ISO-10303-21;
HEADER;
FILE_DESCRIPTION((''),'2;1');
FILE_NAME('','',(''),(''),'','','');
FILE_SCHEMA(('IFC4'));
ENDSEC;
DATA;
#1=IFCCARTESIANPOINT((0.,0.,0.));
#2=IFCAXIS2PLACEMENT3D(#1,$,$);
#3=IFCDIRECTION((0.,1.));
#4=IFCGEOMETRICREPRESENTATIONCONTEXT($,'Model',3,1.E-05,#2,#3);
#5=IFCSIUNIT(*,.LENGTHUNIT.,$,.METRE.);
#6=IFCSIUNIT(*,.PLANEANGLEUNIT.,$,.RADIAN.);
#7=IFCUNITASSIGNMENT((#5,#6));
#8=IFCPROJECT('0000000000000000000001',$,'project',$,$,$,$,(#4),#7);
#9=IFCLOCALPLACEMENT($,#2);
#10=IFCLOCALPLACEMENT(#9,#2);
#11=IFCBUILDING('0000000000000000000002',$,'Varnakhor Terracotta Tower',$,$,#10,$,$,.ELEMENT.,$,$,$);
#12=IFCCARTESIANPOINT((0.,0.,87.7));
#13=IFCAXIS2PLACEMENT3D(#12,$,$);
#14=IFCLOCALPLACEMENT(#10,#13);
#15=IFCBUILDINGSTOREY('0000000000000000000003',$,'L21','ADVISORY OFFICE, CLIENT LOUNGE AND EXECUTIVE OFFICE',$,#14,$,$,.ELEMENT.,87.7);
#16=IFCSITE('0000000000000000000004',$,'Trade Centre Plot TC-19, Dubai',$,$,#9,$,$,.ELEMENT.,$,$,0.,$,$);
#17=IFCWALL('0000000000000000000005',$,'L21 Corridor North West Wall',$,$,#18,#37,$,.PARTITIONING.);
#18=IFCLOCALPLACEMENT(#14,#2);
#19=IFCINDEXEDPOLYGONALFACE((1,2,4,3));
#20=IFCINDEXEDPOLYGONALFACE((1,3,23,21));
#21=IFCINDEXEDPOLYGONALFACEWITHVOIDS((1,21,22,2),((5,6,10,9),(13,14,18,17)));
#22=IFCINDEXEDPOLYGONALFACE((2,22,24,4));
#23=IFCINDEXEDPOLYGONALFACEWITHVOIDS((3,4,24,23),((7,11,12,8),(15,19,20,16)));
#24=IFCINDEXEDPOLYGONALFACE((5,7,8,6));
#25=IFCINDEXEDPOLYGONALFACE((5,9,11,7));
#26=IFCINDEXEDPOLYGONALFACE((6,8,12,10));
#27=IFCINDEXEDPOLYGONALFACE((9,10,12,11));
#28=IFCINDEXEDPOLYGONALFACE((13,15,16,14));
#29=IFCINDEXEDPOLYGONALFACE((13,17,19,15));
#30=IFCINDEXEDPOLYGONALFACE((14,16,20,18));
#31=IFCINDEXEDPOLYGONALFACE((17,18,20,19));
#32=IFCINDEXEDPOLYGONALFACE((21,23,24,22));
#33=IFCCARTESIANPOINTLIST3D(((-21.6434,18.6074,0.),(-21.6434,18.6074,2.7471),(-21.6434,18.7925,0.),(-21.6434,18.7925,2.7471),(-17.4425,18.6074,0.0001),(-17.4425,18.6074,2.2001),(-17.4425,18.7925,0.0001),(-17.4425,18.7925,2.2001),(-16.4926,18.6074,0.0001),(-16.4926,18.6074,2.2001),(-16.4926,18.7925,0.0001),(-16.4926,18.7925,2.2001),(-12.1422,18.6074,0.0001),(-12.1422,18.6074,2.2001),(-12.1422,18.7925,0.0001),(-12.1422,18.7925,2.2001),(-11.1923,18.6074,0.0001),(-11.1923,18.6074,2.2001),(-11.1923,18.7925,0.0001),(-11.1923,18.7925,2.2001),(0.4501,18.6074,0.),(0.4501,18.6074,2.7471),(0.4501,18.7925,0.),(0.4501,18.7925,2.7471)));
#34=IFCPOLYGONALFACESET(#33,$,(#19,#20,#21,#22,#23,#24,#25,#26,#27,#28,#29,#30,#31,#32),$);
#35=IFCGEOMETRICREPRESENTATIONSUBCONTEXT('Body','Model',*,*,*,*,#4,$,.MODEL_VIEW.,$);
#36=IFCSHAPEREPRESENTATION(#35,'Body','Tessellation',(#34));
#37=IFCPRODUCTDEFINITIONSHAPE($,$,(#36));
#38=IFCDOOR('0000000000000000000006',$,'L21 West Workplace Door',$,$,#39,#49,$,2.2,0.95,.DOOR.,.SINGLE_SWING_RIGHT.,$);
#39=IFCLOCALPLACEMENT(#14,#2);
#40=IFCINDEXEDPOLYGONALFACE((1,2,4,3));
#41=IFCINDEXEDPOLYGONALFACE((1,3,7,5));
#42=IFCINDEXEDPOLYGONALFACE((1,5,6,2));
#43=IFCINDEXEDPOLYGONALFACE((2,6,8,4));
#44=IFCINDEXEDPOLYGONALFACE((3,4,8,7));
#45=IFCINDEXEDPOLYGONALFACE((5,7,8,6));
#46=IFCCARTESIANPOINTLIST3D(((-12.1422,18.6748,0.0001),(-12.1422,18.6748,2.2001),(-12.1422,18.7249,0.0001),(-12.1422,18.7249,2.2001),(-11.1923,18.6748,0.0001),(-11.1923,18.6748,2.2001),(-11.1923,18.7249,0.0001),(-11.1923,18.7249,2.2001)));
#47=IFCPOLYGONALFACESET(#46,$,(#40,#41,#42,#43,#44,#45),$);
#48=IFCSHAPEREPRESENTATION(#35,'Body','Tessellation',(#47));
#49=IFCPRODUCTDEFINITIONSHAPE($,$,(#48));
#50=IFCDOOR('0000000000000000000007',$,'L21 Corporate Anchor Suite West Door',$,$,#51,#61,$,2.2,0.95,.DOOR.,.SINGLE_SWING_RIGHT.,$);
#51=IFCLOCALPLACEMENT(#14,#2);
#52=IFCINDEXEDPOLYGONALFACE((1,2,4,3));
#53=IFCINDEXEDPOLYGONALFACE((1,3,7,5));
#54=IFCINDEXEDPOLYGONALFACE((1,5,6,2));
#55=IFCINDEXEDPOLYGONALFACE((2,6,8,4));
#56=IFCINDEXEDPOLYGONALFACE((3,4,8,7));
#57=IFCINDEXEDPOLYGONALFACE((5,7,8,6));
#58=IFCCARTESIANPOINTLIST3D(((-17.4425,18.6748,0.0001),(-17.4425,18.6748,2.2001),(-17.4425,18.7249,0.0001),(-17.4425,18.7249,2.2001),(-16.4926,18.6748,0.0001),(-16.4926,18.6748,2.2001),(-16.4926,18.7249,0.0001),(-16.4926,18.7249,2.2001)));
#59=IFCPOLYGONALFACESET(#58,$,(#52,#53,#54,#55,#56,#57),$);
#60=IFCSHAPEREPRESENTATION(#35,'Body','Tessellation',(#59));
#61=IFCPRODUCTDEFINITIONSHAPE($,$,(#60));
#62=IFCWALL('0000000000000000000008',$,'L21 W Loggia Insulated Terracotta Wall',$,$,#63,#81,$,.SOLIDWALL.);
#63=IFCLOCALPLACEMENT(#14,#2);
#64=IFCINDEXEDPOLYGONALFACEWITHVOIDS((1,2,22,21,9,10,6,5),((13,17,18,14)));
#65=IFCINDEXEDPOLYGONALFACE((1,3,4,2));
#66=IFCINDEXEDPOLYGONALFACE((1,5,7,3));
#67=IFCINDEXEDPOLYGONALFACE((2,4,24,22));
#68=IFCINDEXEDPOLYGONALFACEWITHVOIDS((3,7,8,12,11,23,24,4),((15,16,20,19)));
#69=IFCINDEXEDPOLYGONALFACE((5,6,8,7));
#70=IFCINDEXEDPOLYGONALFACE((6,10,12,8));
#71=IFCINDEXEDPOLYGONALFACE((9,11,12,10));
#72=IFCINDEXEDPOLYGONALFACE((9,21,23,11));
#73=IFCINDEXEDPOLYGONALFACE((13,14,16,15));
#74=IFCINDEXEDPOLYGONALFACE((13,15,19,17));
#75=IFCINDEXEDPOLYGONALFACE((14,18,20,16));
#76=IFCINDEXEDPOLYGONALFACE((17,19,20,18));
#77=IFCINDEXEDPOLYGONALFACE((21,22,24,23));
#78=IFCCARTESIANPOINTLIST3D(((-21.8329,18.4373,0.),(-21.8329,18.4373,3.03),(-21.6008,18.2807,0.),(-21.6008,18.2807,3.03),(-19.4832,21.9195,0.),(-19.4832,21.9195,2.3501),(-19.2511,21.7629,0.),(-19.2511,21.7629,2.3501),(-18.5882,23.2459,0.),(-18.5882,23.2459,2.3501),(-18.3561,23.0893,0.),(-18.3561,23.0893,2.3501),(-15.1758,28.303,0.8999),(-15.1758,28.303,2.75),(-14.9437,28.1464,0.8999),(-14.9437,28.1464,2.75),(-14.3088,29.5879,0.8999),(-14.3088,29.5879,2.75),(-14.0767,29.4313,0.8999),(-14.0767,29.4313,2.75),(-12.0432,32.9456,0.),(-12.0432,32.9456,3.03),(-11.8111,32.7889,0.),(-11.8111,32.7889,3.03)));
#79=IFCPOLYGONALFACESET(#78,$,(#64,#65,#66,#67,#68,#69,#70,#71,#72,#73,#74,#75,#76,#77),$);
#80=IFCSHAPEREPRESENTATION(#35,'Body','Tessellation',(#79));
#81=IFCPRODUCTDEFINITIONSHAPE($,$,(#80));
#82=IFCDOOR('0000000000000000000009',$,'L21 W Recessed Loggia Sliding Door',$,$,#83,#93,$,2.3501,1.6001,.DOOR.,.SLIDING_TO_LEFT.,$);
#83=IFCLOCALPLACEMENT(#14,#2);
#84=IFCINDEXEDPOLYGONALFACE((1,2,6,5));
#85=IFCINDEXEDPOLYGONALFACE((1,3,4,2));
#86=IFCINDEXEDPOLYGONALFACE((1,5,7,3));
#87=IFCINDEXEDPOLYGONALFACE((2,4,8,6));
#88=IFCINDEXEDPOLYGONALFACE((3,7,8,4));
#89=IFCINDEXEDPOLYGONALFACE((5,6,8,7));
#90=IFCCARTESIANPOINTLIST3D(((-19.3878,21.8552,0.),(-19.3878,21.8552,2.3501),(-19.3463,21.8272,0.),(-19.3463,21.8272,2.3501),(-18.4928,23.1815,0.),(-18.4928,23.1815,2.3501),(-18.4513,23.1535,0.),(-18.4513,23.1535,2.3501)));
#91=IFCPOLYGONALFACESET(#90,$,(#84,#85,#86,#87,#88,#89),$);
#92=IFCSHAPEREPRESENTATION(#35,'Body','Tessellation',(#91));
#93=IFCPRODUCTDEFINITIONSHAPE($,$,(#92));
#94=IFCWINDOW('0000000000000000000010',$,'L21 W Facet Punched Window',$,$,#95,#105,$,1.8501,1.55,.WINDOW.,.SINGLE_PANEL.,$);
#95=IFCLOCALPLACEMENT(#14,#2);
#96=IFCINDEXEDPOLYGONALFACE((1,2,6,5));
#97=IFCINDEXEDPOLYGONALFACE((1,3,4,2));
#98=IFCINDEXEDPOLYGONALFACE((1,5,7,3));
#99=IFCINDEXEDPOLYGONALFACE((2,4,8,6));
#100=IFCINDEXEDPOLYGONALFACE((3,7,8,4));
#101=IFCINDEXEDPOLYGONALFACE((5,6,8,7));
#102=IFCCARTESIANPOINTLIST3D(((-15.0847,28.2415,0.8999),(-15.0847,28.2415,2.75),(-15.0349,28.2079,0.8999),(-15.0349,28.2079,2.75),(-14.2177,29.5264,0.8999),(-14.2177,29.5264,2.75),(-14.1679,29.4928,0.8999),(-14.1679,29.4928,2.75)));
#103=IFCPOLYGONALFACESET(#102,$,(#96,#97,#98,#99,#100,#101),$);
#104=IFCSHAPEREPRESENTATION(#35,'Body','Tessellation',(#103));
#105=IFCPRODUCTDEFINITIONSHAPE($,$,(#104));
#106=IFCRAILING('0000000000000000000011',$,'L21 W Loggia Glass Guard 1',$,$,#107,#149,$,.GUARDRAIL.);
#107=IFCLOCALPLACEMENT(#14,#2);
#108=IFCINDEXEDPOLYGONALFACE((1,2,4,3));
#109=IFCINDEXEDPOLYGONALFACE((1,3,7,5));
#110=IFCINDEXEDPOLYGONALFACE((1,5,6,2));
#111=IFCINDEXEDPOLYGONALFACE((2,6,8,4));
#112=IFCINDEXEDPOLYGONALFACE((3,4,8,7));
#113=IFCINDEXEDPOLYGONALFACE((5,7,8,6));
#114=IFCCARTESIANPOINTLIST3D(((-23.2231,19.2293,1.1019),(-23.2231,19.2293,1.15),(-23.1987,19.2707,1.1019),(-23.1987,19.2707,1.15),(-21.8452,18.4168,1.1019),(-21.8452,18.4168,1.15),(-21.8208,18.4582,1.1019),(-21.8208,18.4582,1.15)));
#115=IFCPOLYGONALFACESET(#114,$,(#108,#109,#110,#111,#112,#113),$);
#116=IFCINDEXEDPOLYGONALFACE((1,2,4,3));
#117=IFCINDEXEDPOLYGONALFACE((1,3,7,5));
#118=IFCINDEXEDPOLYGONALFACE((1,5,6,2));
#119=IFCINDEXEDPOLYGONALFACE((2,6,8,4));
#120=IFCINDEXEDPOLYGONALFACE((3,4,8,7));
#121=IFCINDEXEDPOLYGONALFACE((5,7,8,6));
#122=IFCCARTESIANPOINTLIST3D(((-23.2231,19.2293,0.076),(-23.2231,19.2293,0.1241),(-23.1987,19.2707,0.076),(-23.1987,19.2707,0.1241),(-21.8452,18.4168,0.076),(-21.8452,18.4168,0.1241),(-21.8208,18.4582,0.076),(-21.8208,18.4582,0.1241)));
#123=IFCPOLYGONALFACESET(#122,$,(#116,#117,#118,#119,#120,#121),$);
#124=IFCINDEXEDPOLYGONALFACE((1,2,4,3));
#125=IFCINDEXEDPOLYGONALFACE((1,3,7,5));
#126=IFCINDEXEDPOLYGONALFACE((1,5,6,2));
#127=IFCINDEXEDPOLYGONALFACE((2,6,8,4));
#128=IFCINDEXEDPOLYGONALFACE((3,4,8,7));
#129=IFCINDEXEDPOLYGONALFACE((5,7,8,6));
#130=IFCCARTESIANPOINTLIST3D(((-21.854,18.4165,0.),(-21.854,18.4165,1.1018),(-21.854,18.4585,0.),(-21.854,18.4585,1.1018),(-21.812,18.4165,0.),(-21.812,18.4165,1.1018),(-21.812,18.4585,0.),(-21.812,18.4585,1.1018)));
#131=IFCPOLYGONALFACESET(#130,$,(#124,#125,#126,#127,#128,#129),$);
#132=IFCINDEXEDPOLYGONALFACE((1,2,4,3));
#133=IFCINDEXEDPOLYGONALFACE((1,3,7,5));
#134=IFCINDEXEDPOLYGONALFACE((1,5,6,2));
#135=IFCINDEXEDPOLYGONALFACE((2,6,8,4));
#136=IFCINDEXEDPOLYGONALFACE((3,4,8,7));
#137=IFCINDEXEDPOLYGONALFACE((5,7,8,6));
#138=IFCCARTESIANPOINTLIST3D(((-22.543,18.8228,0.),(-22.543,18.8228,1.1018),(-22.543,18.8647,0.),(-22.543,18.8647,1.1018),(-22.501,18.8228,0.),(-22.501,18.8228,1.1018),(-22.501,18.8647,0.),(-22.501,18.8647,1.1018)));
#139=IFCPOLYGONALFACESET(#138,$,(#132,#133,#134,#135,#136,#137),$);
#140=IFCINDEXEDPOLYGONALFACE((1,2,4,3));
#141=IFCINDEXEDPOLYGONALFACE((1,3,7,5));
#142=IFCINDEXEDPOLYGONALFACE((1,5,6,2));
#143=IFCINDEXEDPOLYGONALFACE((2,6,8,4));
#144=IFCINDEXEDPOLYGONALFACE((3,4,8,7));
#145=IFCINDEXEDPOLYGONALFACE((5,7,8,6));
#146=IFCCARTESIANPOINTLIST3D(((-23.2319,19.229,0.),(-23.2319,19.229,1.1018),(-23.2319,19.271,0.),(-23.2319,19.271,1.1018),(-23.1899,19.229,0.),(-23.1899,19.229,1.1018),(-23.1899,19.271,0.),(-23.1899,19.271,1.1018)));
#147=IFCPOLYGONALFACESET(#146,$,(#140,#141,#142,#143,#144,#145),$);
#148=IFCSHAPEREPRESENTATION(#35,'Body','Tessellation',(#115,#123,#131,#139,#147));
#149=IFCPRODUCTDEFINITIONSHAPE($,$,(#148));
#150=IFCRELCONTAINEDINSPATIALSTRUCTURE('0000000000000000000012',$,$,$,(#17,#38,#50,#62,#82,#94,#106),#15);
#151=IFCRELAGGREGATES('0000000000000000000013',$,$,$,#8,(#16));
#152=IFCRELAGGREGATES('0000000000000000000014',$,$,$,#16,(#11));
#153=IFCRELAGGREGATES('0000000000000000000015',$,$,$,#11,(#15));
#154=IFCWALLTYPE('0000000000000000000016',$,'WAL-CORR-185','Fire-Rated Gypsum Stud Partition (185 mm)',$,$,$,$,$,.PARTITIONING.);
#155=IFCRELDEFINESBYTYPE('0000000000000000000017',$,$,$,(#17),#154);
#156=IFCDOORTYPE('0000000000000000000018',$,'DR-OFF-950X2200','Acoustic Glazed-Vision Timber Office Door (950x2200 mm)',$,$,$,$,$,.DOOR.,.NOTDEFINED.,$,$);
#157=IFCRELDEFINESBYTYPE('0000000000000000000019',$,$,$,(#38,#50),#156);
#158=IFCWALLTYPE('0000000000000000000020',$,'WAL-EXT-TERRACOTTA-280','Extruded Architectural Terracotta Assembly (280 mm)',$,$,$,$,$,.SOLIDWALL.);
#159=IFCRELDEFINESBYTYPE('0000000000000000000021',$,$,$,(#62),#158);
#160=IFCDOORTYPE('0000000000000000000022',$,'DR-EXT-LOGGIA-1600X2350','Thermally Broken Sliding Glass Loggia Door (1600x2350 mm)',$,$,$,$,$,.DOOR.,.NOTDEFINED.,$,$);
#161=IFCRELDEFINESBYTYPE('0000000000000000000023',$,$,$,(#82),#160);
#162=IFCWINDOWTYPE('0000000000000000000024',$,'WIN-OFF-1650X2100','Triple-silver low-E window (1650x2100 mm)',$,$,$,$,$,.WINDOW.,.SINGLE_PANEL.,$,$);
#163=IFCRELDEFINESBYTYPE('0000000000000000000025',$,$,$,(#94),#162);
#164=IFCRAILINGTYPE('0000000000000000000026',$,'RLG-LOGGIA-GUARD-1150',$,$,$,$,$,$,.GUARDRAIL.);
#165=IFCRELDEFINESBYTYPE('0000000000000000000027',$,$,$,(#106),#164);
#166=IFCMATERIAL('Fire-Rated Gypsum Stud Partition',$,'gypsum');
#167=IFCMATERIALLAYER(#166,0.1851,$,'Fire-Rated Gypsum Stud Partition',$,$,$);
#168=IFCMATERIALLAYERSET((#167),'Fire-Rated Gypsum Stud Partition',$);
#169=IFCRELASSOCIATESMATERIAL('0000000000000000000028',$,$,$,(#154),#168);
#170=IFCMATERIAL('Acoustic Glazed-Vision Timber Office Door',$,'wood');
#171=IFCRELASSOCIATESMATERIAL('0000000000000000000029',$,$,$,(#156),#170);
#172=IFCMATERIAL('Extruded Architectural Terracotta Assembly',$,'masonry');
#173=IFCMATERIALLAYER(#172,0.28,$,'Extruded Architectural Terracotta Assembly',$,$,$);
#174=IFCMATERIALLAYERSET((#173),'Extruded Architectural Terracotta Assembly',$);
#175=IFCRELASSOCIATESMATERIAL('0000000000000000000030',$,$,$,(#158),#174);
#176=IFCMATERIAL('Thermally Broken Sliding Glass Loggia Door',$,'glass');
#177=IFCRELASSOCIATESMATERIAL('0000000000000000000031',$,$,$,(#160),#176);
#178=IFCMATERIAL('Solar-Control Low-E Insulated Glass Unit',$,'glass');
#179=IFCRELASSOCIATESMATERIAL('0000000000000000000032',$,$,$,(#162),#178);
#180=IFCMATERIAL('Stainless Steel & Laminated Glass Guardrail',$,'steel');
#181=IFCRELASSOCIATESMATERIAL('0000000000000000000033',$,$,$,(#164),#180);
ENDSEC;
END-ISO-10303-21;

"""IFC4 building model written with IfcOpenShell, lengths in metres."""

from ifc_helpers import new_model, si_unit, direction, frame, frame_2d, origin, origin_2d, place, context, subcontext, project, spatial, rectangle, extrude, source, transform, mapped, material, layer, layer_set, type_object, type_shapes, element, fill, save


model = new_model("IFC4")

# Units and contexts
model_context = context("Model", 3, precision=1e-05, world=origin(), true_north=direction((0.0, 1.0)))
body_context = subcontext(model_context, "Body", "Model", "MODEL_VIEW")
ifc_project = project(units=[si_unit("LENGTHUNIT", "METRE"), si_unit("PLANEANGLEUNIT", "RADIAN")], contexts=[model_context])

# Site, building, storey
site_placement = place(None, origin())
site = spatial("IfcSite", under=ifc_project, at=site_placement, Name="Trade Centre Plot TC-19, Dubai", CompositionType="ELEMENT", RefElevation=0.0)
building_placement = place(site_placement, origin())
building = spatial("IfcBuilding", under=site, at=building_placement, Name="Varnakhor Terracotta Tower", CompositionType="ELEMENT")
storey_placement = place(building_placement, frame((0.0, 0.0, 87.7)))
storey = spatial("IfcBuildingStorey", under=building, at=storey_placement, Name="L21", Description="ADVISORY OFFICE, CLIENT LOUNGE AND EXECUTIVE OFFICE", CompositionType="ELEMENT", Elevation=87.7)

# Shared definitions
ifc_material_1 = material(Name="Fire-Rated Gypsum Stud Partition", Category="gypsum")
ifc_layer_1 = layer(ifc_material_1, 0.1851, Name="Fire-Rated Gypsum Stud Partition")
ifc_layer_set_1 = layer_set([ifc_layer_1], Name="Fire-Rated Gypsum Stud Partition")
wall_type_1 = type_object("IfcWallType", Name="WAL-CORR-185", Description="Fire-Rated Gypsum Stud Partition (185 mm)", PredefinedType="PARTITIONING", material=ifc_layer_set_1)
ifc_material_2 = material(Name="Acoustic Glazed-Vision Timber Office Door", Category="wood")
door_type_1 = type_object("IfcDoorType", Name="DR-OFF-950X2200", Description="Acoustic Glazed-Vision Timber Office Door (950x2200 mm)", OperationType="NOTDEFINED", PredefinedType="DOOR", material=ifc_material_2)
shared_shape_1 = source(origin(), body_context, "Body", "SweptSolid", [
    extrude(rectangle(XDim=0.95, YDim=2.2, at=frame_2d((0.4751, 1.1001))), frame((0.0, 0.0249, 0.0), z_axis=(0.0, -1.0, 0.0), x_axis=(1.0, 0.0, 0.0)), (0.0, 0.0, 1.0), 0.05),
])
type_shapes(door_type_1, [shared_shape_1])

# Wall, openings, doors
wall_1_placement = place(storey_placement, frame((-21.6436, 18.7, 0.0), z_axis=(0.0, 0.0, 1.0), x_axis=(1.0, 0.0, 0.0)))
wall_1 = element("IfcWall", 1, at=wall_1_placement, inside=storey, type_object=wall_type_1, Name="L21 Corridor North West Wall", PredefinedType="PARTITIONING", context=body_context, shape_type="SweptSolid", body=[
    extrude(rectangle(XDim=22.0935, YDim=0.1851, at=frame_2d((11.0469, 0.0))), origin(), (0.0, 0.0, 1.0), 2.7471),
])
opening_1_placement = place(wall_1_placement, frame((9.5012, 0.0, 0.0)))
opening_1 = element("IfcOpeningElement", 2, at=opening_1_placement, cuts=wall_1, PredefinedType="OPENING", context=body_context, shape_type="SweptSolid", body=[
    extrude(rectangle(XDim=0.95, YDim=2.2, at=frame_2d((0.4751, 1.1001))), frame((0.0, 0.1025, 0.0), z_axis=(0.0, -1.0, 0.0), x_axis=(1.0, 0.0, 0.0)), (0.0, 0.0, 1.0), 0.2051),
])
opening_2_placement = place(wall_1_placement, frame((4.2009, 0.0, 0.0)))
opening_2 = element("IfcOpeningElement", 3, at=opening_2_placement, cuts=wall_1, PredefinedType="OPENING", context=body_context, shape_type="SweptSolid", body=[
    extrude(rectangle(XDim=0.95, YDim=2.2, at=frame_2d((0.4751, 1.1001))), frame((0.0, 0.1025, 0.0), z_axis=(0.0, -1.0, 0.0), x_axis=(1.0, 0.0, 0.0)), (0.0, 0.0, 1.0), 0.2051),
])
door_1_placement = place(opening_1_placement, origin())
door_1 = element("IfcDoor", 4, at=door_1_placement, inside=storey, type_object=door_type_1, Name="L21 West Workplace Door", OperationType="SINGLE_SWING_RIGHT", OverallHeight=2.2, OverallWidth=0.95, PredefinedType="DOOR", context=body_context, shape_type="MappedRepresentation", body=[
    mapped(shared_shape_1, transform((0.0, 0.0, 0.0), scale=1.0)),
])
fill(opening_1, door_1)
door_2_placement = place(opening_2_placement, origin())
door_2 = element("IfcDoor", 5, at=door_2_placement, inside=storey, type_object=door_type_1, Name="L21 Corporate Anchor Suite West Door", OperationType="SINGLE_SWING_RIGHT", OverallHeight=2.2, OverallWidth=0.95, PredefinedType="DOOR", context=body_context, shape_type="MappedRepresentation", body=[
    mapped(shared_shape_1, transform((0.0, 0.0, 0.0), scale=1.0)),
])
fill(opening_2, door_2)

# Wall, openings, door, window
ifc_material_3 = material(Name="Extruded Architectural Terracotta Assembly", Category="masonry")
ifc_layer_2 = layer(ifc_material_3, 0.28, Name="Extruded Architectural Terracotta Assembly")
ifc_layer_set_2 = layer_set([ifc_layer_2], Name="Extruded Architectural Terracotta Assembly")
wall_type_2 = type_object("IfcWallType", Name="WAL-EXT-TERRACOTTA-280", Description="Extruded Architectural Terracotta Assembly (280 mm)", PredefinedType="SOLIDWALL", material=ifc_layer_set_2)
wall_2_placement = place(storey_placement, frame((-21.7168, 18.3591, 0.0), z_axis=(0.0, 0.0, 1.0), x_axis=(0.559343, 0.828936, 0.0)))
wall_2 = element("IfcWall", 6, at=wall_2_placement, inside=storey, type_object=wall_type_2, Name="L21 W Loggia Insulated Terracotta Wall", PredefinedType="SOLIDWALL", context=body_context, shape_type="SweptSolid", body=[
    extrude(rectangle(XDim=17.5022, YDim=0.28, at=frame_2d((8.751, 0.0))), origin(), (0.0, 0.0, 1.0), 3.03),
])
opening_3_placement = place(wall_2_placement, frame((4.2007, 0.0, 0.0)))
opening_3 = element("IfcOpeningElement", 7, at=opening_3_placement, cuts=wall_2, PredefinedType="OPENING", context=body_context, shape_type="SweptSolid", body=[
    extrude(rectangle(XDim=1.6001, YDim=2.3501, at=frame_2d((0.8, 1.175))), frame((0.0, 0.1499, 0.0), z_axis=(0.0, -1.0, 0.0), x_axis=(1.0, 0.0, 0.0)), (0.0, 0.0, 1.0), 0.3),
])
opening_4_placement = place(wall_2_placement, frame((11.9016, 0.0, 0.8999)))
opening_4 = element("IfcOpeningElement", 8, at=opening_4_placement, cuts=wall_2, PredefinedType="OPENING", context=body_context, shape_type="SweptSolid", body=[
    extrude(rectangle(XDim=1.55, YDim=1.8501, at=frame_2d((0.7749, 0.925))), frame((0.0, 0.1499, 0.0), z_axis=(0.0, -1.0, 0.0), x_axis=(1.0, 0.0, 0.0)), (0.0, 0.0, 1.0), 0.3),
])
ifc_material_4 = material(Name="Thermally Broken Sliding Glass Loggia Door", Category="glass")
door_type_2 = type_object("IfcDoorType", Name="DR-EXT-LOGGIA-1600X2350", Description="Thermally Broken Sliding Glass Loggia Door (1600x2350 mm)", OperationType="NOTDEFINED", PredefinedType="DOOR", material=ifc_material_4)
shared_shape_2 = source(origin(), body_context, "Body", "SweptSolid", [
    extrude(rectangle(XDim=1.6001, YDim=2.3501, at=frame_2d((0.8, 1.175))), frame((0.0, 0.0249, 0.0), z_axis=(0.0, -1.0, 0.0), x_axis=(1.0, 0.0, 0.0)), (0.0, 0.0, 1.0), 0.05),
])
type_shapes(door_type_2, [shared_shape_2])
door_3_placement = place(opening_3_placement, origin())
door_3 = element("IfcDoor", 9, at=door_3_placement, inside=storey, type_object=door_type_2, Name="L21 W Recessed Loggia Sliding Door", OperationType="SLIDING_TO_LEFT", OverallHeight=2.3501, OverallWidth=1.6001, PredefinedType="DOOR", context=body_context, shape_type="MappedRepresentation", body=[
    mapped(shared_shape_2, transform((0.0, 0.0, 0.0), scale=1.0)),
])
fill(opening_3, door_3)
ifc_material_5 = material(Name="Solar-Control Low-E Insulated Glass Unit", Category="glass")
window_type = type_object("IfcWindowType", Name="WIN-OFF-1650X2100", Description="Triple-silver low-E window (1650x2100 mm)", PartitioningType="SINGLE_PANEL", PredefinedType="WINDOW", material=ifc_material_5)
shared_shape_3 = source(origin(), body_context, "Body", "SweptSolid", [
    extrude(rectangle(XDim=1.55, YDim=1.8501, at=frame_2d((0.7749, 0.925))), frame((0.0, 0.03, 0.0), z_axis=(0.0, -1.0, 0.0), x_axis=(1.0, 0.0, 0.0)), (0.0, 0.0, 1.0), 0.0601),
])
type_shapes(window_type, [shared_shape_3])
window_placement = place(opening_4_placement, origin())
window = element("IfcWindow", 10, at=window_placement, inside=storey, type_object=window_type, Name="L21 W Facet Punched Window", OverallHeight=1.8501, OverallWidth=1.55, PartitioningType="SINGLE_PANEL", PredefinedType="WINDOW", context=body_context, shape_type="MappedRepresentation", body=[
    mapped(shared_shape_3, transform((0.0, 0.0, 0.0), scale=1.0)),
])
fill(opening_4, window)

# Railing
ifc_material_6 = material(Name="Stainless Steel & Laminated Glass Guardrail", Category="steel")
railing_type = type_object("IfcRailingType", Name="RLG-LOGGIA-GUARD-1150", PredefinedType="GUARDRAIL", material=ifc_material_6)
railing_1_placement = place(storey_placement, frame((-21.833, 18.4375, 0.0)))
element("IfcRailing", 11, at=railing_1_placement, inside=storey, type_object=railing_type, Name="L21 W Loggia Glass Guard 1", PredefinedType="GUARDRAIL", context=body_context, shape_type="SweptSolid", body=[
    extrude(rectangle(XDim=0.0481, YDim=0.0481, at=origin_2d()), frame((0.0, 0.0, 1.126), z_axis=(-0.8614, 0.507927, 0.0), x_axis=(-0.507927, -0.8614, 0.0)), (0.0, 0.0, 1.0), 1.5996),
    extrude(rectangle(XDim=0.0481, YDim=0.0481, at=origin_2d()), frame((0.0, 0.0, 0.1001), z_axis=(-0.8614, 0.507927, 0.0), x_axis=(-0.507927, -0.8614, 0.0)), (0.0, 0.0, 1.0), 1.5996),
    extrude(rectangle(XDim=0.042, YDim=0.042, at=origin_2d()), origin(), (0.0, 0.0, 1.0), 1.1018),
    extrude(rectangle(XDim=0.042, YDim=0.042, at=origin_2d()), frame((-0.689, 0.4062, 0.0)), (0.0, 0.0, 1.0), 1.1018),
    extrude(rectangle(XDim=0.042, YDim=0.042, at=origin_2d()), frame((-1.3779, 0.8125, 0.0)), (0.0, 0.0, 1.0), 1.1018),
])

save(model, "model.ifc")
